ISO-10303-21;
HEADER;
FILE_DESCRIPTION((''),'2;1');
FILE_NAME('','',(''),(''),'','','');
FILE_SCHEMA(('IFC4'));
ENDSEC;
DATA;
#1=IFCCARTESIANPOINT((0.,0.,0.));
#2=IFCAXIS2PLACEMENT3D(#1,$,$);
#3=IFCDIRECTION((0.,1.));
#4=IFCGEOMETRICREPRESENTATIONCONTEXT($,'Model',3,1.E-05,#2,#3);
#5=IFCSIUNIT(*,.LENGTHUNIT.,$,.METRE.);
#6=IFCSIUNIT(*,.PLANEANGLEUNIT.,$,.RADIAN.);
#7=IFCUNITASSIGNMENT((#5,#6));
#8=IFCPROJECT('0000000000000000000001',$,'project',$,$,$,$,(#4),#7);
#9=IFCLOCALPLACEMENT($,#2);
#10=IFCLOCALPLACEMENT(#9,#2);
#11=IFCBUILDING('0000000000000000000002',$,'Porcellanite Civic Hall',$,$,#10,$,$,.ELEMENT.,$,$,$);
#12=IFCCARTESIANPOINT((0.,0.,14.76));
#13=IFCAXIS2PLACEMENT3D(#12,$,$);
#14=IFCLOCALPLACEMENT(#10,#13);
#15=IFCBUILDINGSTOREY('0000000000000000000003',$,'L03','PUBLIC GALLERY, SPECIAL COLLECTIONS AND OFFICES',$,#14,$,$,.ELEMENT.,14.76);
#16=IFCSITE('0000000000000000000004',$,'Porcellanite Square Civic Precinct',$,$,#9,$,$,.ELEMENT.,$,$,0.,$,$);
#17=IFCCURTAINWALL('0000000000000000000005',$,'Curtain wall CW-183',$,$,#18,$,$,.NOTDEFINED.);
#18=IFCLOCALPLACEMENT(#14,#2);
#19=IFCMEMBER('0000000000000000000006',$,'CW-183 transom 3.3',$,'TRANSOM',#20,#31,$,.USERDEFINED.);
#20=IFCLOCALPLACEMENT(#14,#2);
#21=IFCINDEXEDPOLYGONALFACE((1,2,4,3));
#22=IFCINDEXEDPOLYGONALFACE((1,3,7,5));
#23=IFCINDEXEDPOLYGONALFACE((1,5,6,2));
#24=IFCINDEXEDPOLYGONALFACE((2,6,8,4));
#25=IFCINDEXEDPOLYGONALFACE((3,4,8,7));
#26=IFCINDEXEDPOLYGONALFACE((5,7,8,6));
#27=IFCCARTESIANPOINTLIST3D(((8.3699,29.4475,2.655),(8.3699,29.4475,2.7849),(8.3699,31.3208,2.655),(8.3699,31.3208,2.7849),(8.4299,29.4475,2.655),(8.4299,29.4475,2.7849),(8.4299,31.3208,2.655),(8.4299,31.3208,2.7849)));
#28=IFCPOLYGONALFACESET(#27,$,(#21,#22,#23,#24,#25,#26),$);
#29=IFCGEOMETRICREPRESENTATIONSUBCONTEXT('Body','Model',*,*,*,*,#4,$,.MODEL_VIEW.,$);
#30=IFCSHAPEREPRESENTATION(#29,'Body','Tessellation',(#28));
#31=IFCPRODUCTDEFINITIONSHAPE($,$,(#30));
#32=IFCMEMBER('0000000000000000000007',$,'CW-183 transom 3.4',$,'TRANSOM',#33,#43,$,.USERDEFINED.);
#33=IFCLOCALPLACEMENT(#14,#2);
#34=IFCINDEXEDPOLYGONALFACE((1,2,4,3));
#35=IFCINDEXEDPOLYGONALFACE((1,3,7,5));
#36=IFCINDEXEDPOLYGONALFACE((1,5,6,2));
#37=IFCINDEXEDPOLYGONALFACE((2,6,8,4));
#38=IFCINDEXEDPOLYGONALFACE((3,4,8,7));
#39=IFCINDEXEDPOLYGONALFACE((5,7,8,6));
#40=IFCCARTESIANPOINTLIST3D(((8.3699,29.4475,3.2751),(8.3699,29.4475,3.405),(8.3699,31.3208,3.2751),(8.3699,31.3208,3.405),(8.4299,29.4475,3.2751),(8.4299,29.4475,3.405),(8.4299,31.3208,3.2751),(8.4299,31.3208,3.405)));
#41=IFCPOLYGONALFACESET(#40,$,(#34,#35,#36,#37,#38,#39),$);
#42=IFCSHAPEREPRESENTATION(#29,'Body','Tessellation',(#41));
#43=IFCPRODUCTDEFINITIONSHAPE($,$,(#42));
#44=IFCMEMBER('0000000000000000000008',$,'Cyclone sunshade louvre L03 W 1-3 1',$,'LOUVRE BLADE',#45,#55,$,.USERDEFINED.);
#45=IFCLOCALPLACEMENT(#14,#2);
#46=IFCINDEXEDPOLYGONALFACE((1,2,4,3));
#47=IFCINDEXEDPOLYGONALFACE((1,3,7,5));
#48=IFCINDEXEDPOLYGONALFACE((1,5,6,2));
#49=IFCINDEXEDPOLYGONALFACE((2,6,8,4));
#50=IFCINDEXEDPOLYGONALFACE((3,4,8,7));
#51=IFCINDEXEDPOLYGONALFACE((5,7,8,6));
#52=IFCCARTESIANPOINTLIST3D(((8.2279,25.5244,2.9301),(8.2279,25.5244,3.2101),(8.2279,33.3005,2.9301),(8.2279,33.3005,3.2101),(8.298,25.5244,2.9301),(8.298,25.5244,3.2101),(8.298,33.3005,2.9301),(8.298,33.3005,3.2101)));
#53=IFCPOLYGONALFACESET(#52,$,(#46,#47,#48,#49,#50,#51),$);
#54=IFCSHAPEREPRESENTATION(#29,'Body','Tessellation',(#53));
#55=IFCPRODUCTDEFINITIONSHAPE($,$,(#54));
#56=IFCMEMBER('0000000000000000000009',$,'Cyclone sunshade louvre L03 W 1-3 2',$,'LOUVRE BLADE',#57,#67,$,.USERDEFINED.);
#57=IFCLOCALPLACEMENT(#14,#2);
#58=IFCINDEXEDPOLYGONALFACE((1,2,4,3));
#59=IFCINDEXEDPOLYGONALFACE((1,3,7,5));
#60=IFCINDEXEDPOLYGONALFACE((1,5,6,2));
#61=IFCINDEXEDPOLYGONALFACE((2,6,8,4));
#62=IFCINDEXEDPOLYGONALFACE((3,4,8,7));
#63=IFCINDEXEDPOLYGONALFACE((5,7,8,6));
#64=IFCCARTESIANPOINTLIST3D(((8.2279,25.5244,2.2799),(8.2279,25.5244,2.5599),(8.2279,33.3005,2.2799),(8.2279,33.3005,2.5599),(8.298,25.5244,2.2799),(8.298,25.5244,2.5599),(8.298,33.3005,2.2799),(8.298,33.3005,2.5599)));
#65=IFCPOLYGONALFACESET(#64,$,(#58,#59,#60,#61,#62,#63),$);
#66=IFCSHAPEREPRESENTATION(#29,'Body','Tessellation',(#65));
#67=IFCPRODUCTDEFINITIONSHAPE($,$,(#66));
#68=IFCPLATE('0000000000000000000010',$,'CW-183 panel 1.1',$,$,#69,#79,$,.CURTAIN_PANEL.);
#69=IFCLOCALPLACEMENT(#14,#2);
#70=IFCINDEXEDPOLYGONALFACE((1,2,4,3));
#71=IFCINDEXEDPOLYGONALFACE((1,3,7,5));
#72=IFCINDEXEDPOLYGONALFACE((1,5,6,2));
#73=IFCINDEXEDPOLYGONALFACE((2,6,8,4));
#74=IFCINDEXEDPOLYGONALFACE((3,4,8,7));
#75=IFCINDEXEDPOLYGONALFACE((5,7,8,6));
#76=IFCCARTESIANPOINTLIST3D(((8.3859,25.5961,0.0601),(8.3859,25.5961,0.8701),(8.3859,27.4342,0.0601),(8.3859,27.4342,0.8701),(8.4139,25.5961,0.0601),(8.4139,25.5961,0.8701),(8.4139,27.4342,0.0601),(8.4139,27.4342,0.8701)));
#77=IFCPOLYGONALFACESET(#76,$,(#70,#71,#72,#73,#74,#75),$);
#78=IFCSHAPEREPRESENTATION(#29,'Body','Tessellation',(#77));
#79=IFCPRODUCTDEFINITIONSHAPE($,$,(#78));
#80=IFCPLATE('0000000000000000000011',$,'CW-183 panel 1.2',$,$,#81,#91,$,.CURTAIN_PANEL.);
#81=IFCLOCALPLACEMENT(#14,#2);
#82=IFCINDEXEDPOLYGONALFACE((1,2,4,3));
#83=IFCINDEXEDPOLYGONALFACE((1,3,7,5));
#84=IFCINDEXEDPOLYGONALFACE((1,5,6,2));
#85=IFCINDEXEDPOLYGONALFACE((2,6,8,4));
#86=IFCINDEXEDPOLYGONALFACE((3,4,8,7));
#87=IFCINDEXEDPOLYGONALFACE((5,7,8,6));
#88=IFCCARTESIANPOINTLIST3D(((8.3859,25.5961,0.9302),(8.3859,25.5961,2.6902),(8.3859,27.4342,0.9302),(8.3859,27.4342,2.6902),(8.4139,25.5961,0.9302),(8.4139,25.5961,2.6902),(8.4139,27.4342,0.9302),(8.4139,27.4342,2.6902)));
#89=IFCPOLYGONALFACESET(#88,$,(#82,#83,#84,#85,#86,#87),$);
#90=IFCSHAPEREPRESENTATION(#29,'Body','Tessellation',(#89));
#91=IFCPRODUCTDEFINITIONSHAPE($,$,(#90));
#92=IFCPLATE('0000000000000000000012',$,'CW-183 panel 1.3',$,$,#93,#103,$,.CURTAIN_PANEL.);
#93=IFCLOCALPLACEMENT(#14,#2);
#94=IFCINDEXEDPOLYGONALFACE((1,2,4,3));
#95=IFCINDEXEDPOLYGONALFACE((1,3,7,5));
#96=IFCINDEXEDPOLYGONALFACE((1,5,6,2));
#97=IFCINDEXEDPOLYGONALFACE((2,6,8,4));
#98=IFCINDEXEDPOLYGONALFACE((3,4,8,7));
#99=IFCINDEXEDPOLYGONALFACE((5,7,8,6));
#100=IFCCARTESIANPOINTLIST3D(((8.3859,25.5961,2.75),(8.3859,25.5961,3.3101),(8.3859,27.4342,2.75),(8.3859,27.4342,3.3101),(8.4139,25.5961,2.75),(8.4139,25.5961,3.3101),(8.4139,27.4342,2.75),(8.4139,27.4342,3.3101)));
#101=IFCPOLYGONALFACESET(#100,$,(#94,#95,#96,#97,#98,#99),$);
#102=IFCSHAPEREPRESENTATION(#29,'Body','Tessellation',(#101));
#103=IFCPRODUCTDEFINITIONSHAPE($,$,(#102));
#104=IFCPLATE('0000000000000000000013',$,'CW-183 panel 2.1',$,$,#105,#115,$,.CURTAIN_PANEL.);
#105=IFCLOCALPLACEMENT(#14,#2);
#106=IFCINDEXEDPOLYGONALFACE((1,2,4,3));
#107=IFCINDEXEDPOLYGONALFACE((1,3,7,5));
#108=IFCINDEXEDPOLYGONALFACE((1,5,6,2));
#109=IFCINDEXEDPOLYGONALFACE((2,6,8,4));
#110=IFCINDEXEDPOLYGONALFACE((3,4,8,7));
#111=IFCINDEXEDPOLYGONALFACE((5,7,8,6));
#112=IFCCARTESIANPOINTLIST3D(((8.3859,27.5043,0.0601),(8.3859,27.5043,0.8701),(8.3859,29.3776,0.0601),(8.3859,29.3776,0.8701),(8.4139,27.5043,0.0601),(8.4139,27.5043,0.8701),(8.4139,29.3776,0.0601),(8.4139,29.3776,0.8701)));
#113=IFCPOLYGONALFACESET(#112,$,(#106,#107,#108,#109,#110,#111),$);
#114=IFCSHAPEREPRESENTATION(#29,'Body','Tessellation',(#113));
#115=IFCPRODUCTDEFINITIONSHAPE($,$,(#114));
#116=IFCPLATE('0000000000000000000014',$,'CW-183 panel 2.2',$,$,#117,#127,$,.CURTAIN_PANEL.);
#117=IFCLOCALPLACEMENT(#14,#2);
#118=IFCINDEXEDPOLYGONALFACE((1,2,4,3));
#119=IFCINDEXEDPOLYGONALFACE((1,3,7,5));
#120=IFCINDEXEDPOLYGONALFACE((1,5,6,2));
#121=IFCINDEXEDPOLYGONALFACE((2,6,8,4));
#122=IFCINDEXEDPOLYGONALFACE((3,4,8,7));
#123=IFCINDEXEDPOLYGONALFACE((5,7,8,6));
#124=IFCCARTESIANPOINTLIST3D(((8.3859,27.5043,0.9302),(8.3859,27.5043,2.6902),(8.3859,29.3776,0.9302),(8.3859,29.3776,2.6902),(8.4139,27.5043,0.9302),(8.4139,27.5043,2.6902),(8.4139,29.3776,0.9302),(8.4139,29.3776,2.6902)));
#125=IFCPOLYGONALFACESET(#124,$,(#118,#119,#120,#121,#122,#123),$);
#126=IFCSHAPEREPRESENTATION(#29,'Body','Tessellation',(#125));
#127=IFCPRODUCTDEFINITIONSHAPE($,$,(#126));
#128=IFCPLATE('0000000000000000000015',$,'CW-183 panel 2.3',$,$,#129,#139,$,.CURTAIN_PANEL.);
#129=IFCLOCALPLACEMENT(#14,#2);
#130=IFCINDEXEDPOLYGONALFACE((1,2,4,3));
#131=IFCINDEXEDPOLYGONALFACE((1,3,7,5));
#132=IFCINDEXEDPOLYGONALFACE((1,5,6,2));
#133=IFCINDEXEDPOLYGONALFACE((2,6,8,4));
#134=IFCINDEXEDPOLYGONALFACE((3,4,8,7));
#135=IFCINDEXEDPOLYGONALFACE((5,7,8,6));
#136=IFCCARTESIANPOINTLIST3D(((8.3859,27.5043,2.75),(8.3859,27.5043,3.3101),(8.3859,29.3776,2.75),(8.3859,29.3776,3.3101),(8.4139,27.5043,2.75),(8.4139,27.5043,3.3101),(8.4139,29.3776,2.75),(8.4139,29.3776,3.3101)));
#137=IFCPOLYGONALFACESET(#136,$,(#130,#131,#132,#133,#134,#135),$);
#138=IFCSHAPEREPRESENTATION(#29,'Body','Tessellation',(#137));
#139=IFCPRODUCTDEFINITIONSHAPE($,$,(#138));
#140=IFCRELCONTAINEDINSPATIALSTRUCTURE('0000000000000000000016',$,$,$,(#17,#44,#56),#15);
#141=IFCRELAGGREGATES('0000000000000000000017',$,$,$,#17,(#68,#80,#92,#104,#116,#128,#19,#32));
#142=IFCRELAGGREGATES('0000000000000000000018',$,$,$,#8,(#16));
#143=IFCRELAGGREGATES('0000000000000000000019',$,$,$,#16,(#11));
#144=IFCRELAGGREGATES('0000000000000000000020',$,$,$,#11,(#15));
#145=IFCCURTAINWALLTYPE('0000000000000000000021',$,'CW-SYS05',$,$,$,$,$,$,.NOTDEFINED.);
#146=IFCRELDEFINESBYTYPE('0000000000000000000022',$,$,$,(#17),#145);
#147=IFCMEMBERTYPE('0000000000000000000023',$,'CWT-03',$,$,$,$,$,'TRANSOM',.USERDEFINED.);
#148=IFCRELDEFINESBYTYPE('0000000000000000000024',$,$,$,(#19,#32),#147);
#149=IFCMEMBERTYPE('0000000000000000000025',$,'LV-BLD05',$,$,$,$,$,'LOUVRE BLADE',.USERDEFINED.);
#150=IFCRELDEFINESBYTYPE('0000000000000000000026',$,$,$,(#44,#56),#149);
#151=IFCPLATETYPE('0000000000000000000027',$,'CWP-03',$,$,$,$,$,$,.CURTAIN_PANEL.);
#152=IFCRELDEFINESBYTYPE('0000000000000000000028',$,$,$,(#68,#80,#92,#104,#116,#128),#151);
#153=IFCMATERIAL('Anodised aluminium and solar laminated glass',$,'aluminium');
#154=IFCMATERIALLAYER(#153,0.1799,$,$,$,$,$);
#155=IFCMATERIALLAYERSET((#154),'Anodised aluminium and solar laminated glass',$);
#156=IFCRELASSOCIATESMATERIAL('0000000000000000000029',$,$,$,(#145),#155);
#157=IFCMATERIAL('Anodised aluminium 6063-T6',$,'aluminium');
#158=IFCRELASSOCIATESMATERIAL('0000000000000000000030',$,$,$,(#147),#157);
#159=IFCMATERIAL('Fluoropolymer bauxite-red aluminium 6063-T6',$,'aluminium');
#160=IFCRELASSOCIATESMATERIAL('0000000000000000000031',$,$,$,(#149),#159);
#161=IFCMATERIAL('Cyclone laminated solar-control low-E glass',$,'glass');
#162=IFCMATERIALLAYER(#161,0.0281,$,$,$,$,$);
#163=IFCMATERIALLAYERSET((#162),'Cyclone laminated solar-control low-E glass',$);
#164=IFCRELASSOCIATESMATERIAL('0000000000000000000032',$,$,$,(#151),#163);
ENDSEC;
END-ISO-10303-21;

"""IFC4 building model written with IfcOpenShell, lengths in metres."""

from ifc_helpers import new_model, si_unit, direction, frame, origin, origin_2d, place, context, subcontext, project, spatial, rectangle, extrude, material, layer, layer_set, material_profile, profile_set, type_object, element, aggregate, save


model = new_model("IFC4")

# Units and contexts
model_context = context("Model", 3, precision=1e-05, world=origin(), true_north=direction((0.0, 1.0)))
body_context = subcontext(model_context, "Body", "Model", "MODEL_VIEW")
ifc_project = project(units=[si_unit("LENGTHUNIT", "METRE"), si_unit("PLANEANGLEUNIT", "RADIAN")], contexts=[model_context])

# Site, building, storey
site_placement = place(None, origin())
site = spatial("IfcSite", under=ifc_project, at=site_placement, Name="Porcellanite Square Civic Precinct", CompositionType="ELEMENT", RefElevation=0.0)
building_placement = place(site_placement, origin())
building = spatial("IfcBuilding", under=site, at=building_placement, Name="Porcellanite Civic Hall", CompositionType="ELEMENT")
storey_placement = place(building_placement, frame((0.0, 0.0, 14.76)))
storey = spatial("IfcBuildingStorey", under=building, at=storey_placement, Name="L03", Description="PUBLIC GALLERY, SPECIAL COLLECTIONS AND OFFICES", CompositionType="ELEMENT", Elevation=14.76)

# Curtain wall, members
ifc_material_1 = material(Name="Anodised aluminium and solar laminated glass", Category="aluminium")
ifc_layer_1 = layer(ifc_material_1, 0.1799)
ifc_layer_set_1 = layer_set([ifc_layer_1], Name="Anodised aluminium and solar laminated glass")
curtain_wall_type = type_object("IfcCurtainWallType", Name="CW-SYS05", PredefinedType="NOTDEFINED", material=ifc_layer_set_1)
curtain_wall_placement = place(storey_placement, origin())
curtain_wall = element("IfcCurtainWall", 1, at=curtain_wall_placement, inside=storey, type_object=curtain_wall_type, Name="Curtain wall CW-183", PredefinedType="NOTDEFINED")
ifc_material_2 = material(Name="Anodised aluminium 6063-T6", Category="aluminium")
ifc_material_profile_1 = material_profile(ifc_material_2, rectangle(XDim=0.0601, YDim=0.1299, at=origin_2d()), Name="AL-60x130")
ifc_profile_set_1 = profile_set([ifc_material_profile_1], Name="Anodised aluminium 6063-T6")
member_type_1 = type_object("IfcMemberType", Name="CWT-03", ElementType="TRANSOM", PredefinedType="USERDEFINED", material=ifc_profile_set_1)
member_1_placement = place(storey_placement, frame((8.3999, 29.4475, 2.72), z_axis=(0.0, 1.0, 0.0), x_axis=(-1.0, 0.0, 0.0)))
member_1 = element("IfcMember", 2, at=member_1_placement, type_object=member_type_1, Name="CW-183 transom 3.3", ObjectType="TRANSOM", PredefinedType="USERDEFINED", context=body_context, shape_type="SweptSolid", body=[
    extrude(rectangle(XDim=0.0601, YDim=0.1299, at=origin_2d()), origin(), (0.0, 0.0, 1.0), 1.8733),
])
member_2_placement = place(storey_placement, frame((8.3999, 29.4475, 3.3401), z_axis=(0.0, 1.0, 0.0), x_axis=(-1.0, 0.0, 0.0)))
member_2 = element("IfcMember", 3, at=member_2_placement, type_object=member_type_1, Name="CW-183 transom 3.4", ObjectType="TRANSOM", PredefinedType="USERDEFINED", context=body_context, shape_type="SweptSolid", body=[
    extrude(rectangle(XDim=0.0601, YDim=0.1299, at=origin_2d()), origin(), (0.0, 0.0, 1.0), 1.8733),
])

# Members
ifc_material_3 = material(Name="Fluoropolymer bauxite-red aluminium 6063-T6", Category="aluminium")
ifc_material_profile_2 = material_profile(ifc_material_3, rectangle(XDim=0.0701, YDim=0.28, at=origin_2d()), Name="AL-70x280")
ifc_profile_set_2 = profile_set([ifc_material_profile_2], Name="Fluoropolymer bauxite-red aluminium 6063-T6")
member_type_2 = type_object("IfcMemberType", Name="LV-BLD05", ElementType="LOUVRE BLADE", PredefinedType="USERDEFINED", material=ifc_profile_set_2)
for number, where, z_axis, x_axis, name in (
    (4, (8.2629, 25.5244, 3.0701), (0.0, 1.0, 0.0), (-1.0, 0.0, 0.0), "Cyclone sunshade louvre L03 W 1-3 1"),
    (5, (8.2629, 25.5244, 2.4199), (0.0, 1.0, 0.0), (-1.0, 0.0, 0.0), "Cyclone sunshade louvre L03 W 1-3 2"),
):
    element("IfcMember", number, at=place(storey_placement, frame(where, z_axis=z_axis, x_axis=x_axis)), inside=storey, type_object=member_type_2, Name=name, ObjectType="LOUVRE BLADE", PredefinedType="USERDEFINED", context=body_context, shape_type="SweptSolid", body=[
        extrude(rectangle(XDim=0.0701, YDim=0.28, at=origin_2d()), origin(), (0.0, 0.0, 1.0), 7.7761),
    ])

# Plates
ifc_material_4 = material(Name="Cyclone laminated solar-control low-E glass", Category="glass")
ifc_layer_2 = layer(ifc_material_4, 0.0281)
ifc_layer_set_2 = layer_set([ifc_layer_2], Name="Cyclone laminated solar-control low-E glass")
plate_type = type_object("IfcPlateType", Name="CWP-03", PredefinedType="CURTAIN_PANEL", material=ifc_layer_set_2)
plate_1_placement = place(storey_placement, frame((8.3999, 26.5151, 0.0601), z_axis=(0.0, 0.0, 1.0), x_axis=(0.0, 1.0, 0.0)))
plate_1 = element("IfcPlate", 6, at=plate_1_placement, type_object=plate_type, Name="CW-183 panel 1.1", PredefinedType="CURTAIN_PANEL", context=body_context, shape_type="SweptSolid", body=[
    extrude(rectangle(XDim=1.8381, YDim=0.0281, at=origin_2d()), origin(), (0.0, 0.0, 1.0), 0.8101),
])
plate_2_placement = place(storey_placement, frame((8.3999, 26.5151, 0.9302), z_axis=(0.0, 0.0, 1.0), x_axis=(0.0, 1.0, 0.0)))
plate_2 = element("IfcPlate", 7, at=plate_2_placement, type_object=plate_type, Name="CW-183 panel 1.2", PredefinedType="CURTAIN_PANEL", context=body_context, shape_type="SweptSolid", body=[
    extrude(rectangle(XDim=1.8381, YDim=0.0281, at=origin_2d()), origin(), (0.0, 0.0, 1.0), 1.76),
])
plate_3_placement = place(storey_placement, frame((8.3999, 26.5151, 2.75), z_axis=(0.0, 0.0, 1.0), x_axis=(0.0, 1.0, 0.0)))
plate_3 = element("IfcPlate", 8, at=plate_3_placement, type_object=plate_type, Name="CW-183 panel 1.3", PredefinedType="CURTAIN_PANEL", context=body_context, shape_type="SweptSolid", body=[
    extrude(rectangle(XDim=1.8381, YDim=0.0281, at=origin_2d()), origin(), (0.0, 0.0, 1.0), 0.5601),
])
plate_4_placement = place(storey_placement, frame((8.3999, 28.4409, 0.0601), z_axis=(0.0, 0.0, 1.0), x_axis=(0.0, 1.0, 0.0)))
plate_4 = element("IfcPlate", 9, at=plate_4_placement, type_object=plate_type, Name="CW-183 panel 2.1", PredefinedType="CURTAIN_PANEL", context=body_context, shape_type="SweptSolid", body=[
    extrude(rectangle(XDim=1.8733, YDim=0.0281, at=origin_2d()), origin(), (0.0, 0.0, 1.0), 0.8101),
])
plate_5_placement = place(storey_placement, frame((8.3999, 28.4409, 0.9302), z_axis=(0.0, 0.0, 1.0), x_axis=(0.0, 1.0, 0.0)))
plate_5 = element("IfcPlate", 10, at=plate_5_placement, type_object=plate_type, Name="CW-183 panel 2.2", PredefinedType="CURTAIN_PANEL", context=body_context, shape_type="SweptSolid", body=[
    extrude(rectangle(XDim=1.8733, YDim=0.0281, at=origin_2d()), origin(), (0.0, 0.0, 1.0), 1.76),
])
plate_6_placement = place(storey_placement, frame((8.3999, 28.4409, 2.75), z_axis=(0.0, 0.0, 1.0), x_axis=(0.0, 1.0, 0.0)))
plate_6 = element("IfcPlate", 11, at=plate_6_placement, type_object=plate_type, Name="CW-183 panel 2.3", PredefinedType="CURTAIN_PANEL", context=body_context, shape_type="SweptSolid", body=[
    extrude(rectangle(XDim=1.8733, YDim=0.0281, at=origin_2d()), origin(), (0.0, 0.0, 1.0), 0.5601),
])
aggregate(curtain_wall, [plate_1, plate_2, plate_3, plate_4, plate_5, plate_6, member_1, member_2])

save(model, "model.ifc")
